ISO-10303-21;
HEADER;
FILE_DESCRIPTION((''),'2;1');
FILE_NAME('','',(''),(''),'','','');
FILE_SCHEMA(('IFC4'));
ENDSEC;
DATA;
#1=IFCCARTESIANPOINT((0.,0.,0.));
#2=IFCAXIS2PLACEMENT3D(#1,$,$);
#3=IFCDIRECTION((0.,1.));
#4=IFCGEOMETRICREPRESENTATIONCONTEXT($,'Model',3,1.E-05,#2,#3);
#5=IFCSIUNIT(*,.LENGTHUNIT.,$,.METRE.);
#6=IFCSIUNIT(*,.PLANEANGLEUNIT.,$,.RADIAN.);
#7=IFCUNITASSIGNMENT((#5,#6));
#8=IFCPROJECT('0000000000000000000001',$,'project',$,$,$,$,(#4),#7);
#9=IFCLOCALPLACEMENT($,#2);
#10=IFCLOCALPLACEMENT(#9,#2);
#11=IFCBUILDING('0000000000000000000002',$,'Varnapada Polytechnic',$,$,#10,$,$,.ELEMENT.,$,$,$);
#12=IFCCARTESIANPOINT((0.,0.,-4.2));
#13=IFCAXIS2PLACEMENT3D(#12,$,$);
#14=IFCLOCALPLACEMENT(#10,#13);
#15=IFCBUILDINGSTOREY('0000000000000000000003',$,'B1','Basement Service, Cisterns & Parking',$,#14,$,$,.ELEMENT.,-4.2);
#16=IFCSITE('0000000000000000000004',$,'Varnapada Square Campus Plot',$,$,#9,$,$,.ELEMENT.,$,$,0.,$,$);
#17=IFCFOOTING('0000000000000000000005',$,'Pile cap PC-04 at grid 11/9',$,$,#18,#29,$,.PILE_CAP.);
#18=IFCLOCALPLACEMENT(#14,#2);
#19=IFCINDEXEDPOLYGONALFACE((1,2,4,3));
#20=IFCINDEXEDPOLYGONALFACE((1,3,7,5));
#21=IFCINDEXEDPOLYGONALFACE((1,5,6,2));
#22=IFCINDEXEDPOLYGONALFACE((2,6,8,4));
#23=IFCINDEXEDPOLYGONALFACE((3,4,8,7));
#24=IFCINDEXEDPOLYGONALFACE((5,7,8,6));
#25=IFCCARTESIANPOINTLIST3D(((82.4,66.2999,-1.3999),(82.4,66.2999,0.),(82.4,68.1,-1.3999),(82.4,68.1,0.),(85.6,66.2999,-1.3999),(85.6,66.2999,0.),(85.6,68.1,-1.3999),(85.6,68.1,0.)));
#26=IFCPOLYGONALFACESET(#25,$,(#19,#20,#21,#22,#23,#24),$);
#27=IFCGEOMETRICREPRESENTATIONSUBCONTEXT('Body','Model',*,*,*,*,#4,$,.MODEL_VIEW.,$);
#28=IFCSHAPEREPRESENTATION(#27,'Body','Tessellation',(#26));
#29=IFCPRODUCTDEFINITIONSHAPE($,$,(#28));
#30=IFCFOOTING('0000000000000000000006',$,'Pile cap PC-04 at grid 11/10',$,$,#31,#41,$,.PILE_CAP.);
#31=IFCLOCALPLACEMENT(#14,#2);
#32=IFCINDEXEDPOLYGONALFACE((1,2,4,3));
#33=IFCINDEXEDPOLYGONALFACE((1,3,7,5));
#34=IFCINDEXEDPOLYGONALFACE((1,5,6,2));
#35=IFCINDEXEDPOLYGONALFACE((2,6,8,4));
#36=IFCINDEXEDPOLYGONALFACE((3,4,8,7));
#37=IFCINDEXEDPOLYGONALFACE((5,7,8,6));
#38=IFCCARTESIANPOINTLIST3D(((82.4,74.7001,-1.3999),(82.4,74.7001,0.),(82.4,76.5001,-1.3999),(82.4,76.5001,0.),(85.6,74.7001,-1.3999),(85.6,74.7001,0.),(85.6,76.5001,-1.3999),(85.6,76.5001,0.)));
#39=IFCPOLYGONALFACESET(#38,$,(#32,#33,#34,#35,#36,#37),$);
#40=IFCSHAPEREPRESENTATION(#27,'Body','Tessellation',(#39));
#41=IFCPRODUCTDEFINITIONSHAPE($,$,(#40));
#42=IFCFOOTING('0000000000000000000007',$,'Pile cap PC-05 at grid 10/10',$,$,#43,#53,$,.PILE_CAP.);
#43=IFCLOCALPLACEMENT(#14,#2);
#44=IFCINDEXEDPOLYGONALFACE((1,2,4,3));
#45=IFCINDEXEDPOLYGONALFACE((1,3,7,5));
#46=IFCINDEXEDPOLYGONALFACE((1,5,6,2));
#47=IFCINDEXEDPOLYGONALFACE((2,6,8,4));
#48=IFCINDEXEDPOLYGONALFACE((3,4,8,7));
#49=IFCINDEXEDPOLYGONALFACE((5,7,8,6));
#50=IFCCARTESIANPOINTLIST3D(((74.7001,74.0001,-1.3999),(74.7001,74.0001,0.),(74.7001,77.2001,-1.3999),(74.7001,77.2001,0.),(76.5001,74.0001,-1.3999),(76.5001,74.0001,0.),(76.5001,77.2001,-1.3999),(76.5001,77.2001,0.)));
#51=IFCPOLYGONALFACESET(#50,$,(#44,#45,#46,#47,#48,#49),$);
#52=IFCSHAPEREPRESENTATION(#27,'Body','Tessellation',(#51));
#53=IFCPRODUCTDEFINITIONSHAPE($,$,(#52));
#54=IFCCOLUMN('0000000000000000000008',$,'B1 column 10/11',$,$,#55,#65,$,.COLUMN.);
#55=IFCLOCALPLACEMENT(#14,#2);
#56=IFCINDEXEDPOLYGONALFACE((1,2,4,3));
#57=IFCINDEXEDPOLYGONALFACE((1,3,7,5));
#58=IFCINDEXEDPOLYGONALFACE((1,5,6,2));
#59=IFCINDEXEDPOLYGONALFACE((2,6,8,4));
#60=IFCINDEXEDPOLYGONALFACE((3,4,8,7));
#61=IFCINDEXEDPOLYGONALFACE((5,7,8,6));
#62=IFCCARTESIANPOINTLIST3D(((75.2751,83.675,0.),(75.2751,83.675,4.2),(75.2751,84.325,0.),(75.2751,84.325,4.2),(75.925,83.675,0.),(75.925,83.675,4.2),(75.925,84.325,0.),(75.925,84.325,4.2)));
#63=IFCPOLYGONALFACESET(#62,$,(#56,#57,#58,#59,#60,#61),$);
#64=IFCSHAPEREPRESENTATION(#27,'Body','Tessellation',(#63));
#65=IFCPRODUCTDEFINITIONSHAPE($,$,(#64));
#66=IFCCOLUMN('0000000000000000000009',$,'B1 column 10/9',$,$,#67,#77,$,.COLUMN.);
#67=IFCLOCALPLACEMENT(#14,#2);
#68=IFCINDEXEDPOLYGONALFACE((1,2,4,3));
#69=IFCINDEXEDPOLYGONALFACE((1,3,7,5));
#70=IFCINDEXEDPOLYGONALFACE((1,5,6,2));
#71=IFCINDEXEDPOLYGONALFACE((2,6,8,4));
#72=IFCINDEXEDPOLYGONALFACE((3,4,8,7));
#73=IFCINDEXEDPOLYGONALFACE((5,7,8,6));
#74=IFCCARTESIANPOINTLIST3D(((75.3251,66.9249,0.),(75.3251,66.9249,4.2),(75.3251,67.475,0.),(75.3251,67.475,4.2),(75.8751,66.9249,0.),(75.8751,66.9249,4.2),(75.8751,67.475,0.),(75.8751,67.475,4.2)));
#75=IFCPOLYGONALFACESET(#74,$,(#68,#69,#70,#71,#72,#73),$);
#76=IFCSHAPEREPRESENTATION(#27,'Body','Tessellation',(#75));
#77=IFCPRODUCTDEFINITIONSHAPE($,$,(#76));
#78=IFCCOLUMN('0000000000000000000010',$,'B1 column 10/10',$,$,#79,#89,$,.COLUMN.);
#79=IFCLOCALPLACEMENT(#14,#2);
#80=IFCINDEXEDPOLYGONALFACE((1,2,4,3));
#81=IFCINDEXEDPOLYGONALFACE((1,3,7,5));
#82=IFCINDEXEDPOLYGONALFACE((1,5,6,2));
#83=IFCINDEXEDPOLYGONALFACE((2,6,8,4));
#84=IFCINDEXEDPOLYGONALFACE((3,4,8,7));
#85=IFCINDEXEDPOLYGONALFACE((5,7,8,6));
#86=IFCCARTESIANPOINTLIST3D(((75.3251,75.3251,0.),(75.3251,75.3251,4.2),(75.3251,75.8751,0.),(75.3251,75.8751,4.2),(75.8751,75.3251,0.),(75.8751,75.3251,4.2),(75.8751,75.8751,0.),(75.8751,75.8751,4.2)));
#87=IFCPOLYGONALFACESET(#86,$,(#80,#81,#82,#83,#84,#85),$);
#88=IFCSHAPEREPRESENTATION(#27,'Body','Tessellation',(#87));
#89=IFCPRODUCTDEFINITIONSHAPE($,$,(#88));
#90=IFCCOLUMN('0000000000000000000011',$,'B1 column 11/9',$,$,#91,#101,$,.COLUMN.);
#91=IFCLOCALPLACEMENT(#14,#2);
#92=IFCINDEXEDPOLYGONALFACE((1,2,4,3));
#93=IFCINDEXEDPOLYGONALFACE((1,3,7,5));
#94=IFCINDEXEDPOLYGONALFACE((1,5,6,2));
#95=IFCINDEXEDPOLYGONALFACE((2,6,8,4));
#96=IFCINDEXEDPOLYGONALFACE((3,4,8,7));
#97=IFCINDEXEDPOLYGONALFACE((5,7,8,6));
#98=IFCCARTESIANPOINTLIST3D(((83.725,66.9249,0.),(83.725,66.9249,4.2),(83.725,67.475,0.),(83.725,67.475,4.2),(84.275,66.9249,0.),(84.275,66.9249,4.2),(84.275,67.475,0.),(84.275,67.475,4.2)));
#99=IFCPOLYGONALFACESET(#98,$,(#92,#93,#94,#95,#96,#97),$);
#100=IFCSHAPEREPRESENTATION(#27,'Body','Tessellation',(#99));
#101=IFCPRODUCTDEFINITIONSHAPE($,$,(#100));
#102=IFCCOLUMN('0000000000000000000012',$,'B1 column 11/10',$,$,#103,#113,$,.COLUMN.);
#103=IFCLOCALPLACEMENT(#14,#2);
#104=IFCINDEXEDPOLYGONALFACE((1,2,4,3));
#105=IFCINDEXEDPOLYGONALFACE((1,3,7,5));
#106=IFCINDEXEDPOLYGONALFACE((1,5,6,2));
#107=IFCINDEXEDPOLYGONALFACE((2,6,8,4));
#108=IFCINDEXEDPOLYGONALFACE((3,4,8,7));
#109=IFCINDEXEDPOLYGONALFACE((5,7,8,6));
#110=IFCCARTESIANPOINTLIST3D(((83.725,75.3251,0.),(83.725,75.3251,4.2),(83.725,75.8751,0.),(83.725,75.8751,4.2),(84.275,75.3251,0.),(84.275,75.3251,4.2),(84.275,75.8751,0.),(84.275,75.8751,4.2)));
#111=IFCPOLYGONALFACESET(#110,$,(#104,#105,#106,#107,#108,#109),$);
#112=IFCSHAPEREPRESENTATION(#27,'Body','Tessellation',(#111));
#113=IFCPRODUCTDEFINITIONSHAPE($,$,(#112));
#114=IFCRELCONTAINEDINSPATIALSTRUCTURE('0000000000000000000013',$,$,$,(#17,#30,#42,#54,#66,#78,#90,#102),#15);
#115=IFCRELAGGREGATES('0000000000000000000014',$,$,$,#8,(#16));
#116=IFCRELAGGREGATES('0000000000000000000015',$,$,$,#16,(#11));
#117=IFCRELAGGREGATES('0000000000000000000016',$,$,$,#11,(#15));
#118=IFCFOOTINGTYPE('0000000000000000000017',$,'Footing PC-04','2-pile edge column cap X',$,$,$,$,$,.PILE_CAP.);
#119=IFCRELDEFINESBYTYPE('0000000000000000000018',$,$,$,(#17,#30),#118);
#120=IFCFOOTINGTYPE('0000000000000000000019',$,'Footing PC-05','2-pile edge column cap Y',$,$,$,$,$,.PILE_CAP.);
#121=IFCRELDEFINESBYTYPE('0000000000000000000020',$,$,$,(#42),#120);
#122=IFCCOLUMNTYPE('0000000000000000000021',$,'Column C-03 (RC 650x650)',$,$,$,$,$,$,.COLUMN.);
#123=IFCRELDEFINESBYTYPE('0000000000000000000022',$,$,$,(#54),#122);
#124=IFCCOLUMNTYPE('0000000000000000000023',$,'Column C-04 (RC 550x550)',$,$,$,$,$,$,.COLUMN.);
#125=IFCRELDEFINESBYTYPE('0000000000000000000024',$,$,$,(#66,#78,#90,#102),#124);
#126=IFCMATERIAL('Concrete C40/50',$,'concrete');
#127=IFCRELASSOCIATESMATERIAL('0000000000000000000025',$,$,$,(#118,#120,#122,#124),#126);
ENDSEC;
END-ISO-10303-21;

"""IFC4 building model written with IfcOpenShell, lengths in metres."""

from ifc_helpers import new_model, si_unit, direction, frame, origin, origin_2d, place, context, subcontext, project, spatial, rectangle, extrude, material, material_profile, profile_set, type_object, element, save


model = new_model("IFC4")

# Units and contexts
model_context = context("Model", 3, precision=1e-05, world=origin(), true_north=direction((0.0, 1.0)))
body_context = subcontext(model_context, "Body", "Model", "MODEL_VIEW")
ifc_project = project(units=[si_unit("LENGTHUNIT", "METRE"), si_unit("PLANEANGLEUNIT", "RADIAN")], contexts=[model_context])

# Site, building, storey
site_placement = place(None, origin())
site = spatial("IfcSite", under=ifc_project, at=site_placement, Name="Varnapada Square Campus Plot", CompositionType="ELEMENT", RefElevation=0.0)
building_placement = place(site_placement, origin())
building = spatial("IfcBuilding", under=site, at=building_placement, Name="Varnapada Polytechnic", CompositionType="ELEMENT")
storey_placement = place(building_placement, frame((0.0, 0.0, -4.2)))
storey = spatial("IfcBuildingStorey", under=building, at=storey_placement, Name="B1", Description="Basement Service, Cisterns & Parking", CompositionType="ELEMENT", Elevation=-4.2)

# Shared definitions
ifc_material = material(Name="Concrete C40/50", Category="concrete")

# Footings
footing_type_1 = type_object("IfcFootingType", Name="Footing PC-04", Description="2-pile edge column cap X", PredefinedType="PILE_CAP", material=ifc_material)
for number, where, z_axis, x_axis, name in (
    (1, (84.0, 67.2, -1.3999), (0.0, 0.0, 1.0), (1.0, 0.0, 0.0), "Pile cap PC-04 at grid 11/9"),
    (2, (84.0, 75.6001, -1.3999), (0.0, 0.0, 1.0), (1.0, 0.0, 0.0), "Pile cap PC-04 at grid 11/10"),
):
    element("IfcFooting", number, at=place(storey_placement, frame(where, z_axis=z_axis, x_axis=x_axis)), inside=storey, type_object=footing_type_1, Name=name, PredefinedType="PILE_CAP", context=body_context, shape_type="SweptSolid", body=[
        extrude(rectangle(XDim=3.2, YDim=1.8, at=origin_2d()), origin(), (0.0, 0.0, 1.0), 1.3999),
    ])
footing_type_2 = type_object("IfcFootingType", Name="Footing PC-05", Description="2-pile edge column cap Y", PredefinedType="PILE_CAP", material=ifc_material)
footing_1_placement = place(storey_placement, frame((75.6001, 75.6001, -1.3999), z_axis=(0.0, 0.0, 1.0), x_axis=(1.0, 0.0, 0.0)))
element("IfcFooting", 3, at=footing_1_placement, inside=storey, type_object=footing_type_2, Name="Pile cap PC-05 at grid 10/10", PredefinedType="PILE_CAP", context=body_context, shape_type="SweptSolid", body=[
    extrude(rectangle(XDim=1.8, YDim=3.2, at=origin_2d()), origin(), (0.0, 0.0, 1.0), 1.3999),
])

# Columns
ifc_material_profile_1 = material_profile(ifc_material, rectangle(XDim=0.6499, YDim=0.6499, at=origin_2d()), Name="RC 650x650")
ifc_profile_set_1 = profile_set([ifc_material_profile_1], Name="Concrete C40/50")
column_type_1 = type_object("IfcColumnType", Name="Column C-03 (RC 650x650)", PredefinedType="COLUMN", material=ifc_profile_set_1)
column_placement = place(storey_placement, frame((75.6001, 84.0, 0.0), z_axis=(0.0, 0.0, 1.0), x_axis=(1.0, 0.0, 0.0)))
element("IfcColumn", 4, at=column_placement, inside=storey, type_object=column_type_1, Name="B1 column 10/11", PredefinedType="COLUMN", context=body_context, shape_type="SweptSolid", body=[
    extrude(rectangle(XDim=0.6499, YDim=0.6499, at=origin_2d()), origin(), (0.0, 0.0, 1.0), 4.2),
])
ifc_material_profile_2 = material_profile(ifc_material, rectangle(XDim=0.55, YDim=0.55, at=origin_2d()), Name="RC 550x550")
ifc_profile_set_2 = profile_set([ifc_material_profile_2], Name="Concrete C40/50")
column_type_2 = type_object("IfcColumnType", Name="Column C-04 (RC 550x550)", PredefinedType="COLUMN", material=ifc_profile_set_2)
for number, where, z_axis, x_axis, name in (
    (5, (75.6001, 67.2, 0.0), (0.0, 0.0, 1.0), (1.0, 0.0, 0.0), "B1 column 10/9"),
    (6, (75.6001, 75.6001, 0.0), (0.0, 0.0, 1.0), (1.0, 0.0, 0.0), "B1 column 10/10"),
    (7, (84.0, 67.2, 0.0), (0.0, 0.0, 1.0), (1.0, 0.0, 0.0), "B1 column 11/9"),
    (8, (84.0, 75.6001, 0.0), (0.0, 0.0, 1.0), (1.0, 0.0, 0.0), "B1 column 11/10"),
):
    element("IfcColumn", number, at=place(storey_placement, frame(where, z_axis=z_axis, x_axis=x_axis)), inside=storey, type_object=column_type_2, Name=name, PredefinedType="COLUMN", context=body_context, shape_type="SweptSolid", body=[
        extrude(rectangle(XDim=0.55, YDim=0.55, at=origin_2d()), origin(), (0.0, 0.0, 1.0), 4.2),
    ])

save(model, "model.ifc")
